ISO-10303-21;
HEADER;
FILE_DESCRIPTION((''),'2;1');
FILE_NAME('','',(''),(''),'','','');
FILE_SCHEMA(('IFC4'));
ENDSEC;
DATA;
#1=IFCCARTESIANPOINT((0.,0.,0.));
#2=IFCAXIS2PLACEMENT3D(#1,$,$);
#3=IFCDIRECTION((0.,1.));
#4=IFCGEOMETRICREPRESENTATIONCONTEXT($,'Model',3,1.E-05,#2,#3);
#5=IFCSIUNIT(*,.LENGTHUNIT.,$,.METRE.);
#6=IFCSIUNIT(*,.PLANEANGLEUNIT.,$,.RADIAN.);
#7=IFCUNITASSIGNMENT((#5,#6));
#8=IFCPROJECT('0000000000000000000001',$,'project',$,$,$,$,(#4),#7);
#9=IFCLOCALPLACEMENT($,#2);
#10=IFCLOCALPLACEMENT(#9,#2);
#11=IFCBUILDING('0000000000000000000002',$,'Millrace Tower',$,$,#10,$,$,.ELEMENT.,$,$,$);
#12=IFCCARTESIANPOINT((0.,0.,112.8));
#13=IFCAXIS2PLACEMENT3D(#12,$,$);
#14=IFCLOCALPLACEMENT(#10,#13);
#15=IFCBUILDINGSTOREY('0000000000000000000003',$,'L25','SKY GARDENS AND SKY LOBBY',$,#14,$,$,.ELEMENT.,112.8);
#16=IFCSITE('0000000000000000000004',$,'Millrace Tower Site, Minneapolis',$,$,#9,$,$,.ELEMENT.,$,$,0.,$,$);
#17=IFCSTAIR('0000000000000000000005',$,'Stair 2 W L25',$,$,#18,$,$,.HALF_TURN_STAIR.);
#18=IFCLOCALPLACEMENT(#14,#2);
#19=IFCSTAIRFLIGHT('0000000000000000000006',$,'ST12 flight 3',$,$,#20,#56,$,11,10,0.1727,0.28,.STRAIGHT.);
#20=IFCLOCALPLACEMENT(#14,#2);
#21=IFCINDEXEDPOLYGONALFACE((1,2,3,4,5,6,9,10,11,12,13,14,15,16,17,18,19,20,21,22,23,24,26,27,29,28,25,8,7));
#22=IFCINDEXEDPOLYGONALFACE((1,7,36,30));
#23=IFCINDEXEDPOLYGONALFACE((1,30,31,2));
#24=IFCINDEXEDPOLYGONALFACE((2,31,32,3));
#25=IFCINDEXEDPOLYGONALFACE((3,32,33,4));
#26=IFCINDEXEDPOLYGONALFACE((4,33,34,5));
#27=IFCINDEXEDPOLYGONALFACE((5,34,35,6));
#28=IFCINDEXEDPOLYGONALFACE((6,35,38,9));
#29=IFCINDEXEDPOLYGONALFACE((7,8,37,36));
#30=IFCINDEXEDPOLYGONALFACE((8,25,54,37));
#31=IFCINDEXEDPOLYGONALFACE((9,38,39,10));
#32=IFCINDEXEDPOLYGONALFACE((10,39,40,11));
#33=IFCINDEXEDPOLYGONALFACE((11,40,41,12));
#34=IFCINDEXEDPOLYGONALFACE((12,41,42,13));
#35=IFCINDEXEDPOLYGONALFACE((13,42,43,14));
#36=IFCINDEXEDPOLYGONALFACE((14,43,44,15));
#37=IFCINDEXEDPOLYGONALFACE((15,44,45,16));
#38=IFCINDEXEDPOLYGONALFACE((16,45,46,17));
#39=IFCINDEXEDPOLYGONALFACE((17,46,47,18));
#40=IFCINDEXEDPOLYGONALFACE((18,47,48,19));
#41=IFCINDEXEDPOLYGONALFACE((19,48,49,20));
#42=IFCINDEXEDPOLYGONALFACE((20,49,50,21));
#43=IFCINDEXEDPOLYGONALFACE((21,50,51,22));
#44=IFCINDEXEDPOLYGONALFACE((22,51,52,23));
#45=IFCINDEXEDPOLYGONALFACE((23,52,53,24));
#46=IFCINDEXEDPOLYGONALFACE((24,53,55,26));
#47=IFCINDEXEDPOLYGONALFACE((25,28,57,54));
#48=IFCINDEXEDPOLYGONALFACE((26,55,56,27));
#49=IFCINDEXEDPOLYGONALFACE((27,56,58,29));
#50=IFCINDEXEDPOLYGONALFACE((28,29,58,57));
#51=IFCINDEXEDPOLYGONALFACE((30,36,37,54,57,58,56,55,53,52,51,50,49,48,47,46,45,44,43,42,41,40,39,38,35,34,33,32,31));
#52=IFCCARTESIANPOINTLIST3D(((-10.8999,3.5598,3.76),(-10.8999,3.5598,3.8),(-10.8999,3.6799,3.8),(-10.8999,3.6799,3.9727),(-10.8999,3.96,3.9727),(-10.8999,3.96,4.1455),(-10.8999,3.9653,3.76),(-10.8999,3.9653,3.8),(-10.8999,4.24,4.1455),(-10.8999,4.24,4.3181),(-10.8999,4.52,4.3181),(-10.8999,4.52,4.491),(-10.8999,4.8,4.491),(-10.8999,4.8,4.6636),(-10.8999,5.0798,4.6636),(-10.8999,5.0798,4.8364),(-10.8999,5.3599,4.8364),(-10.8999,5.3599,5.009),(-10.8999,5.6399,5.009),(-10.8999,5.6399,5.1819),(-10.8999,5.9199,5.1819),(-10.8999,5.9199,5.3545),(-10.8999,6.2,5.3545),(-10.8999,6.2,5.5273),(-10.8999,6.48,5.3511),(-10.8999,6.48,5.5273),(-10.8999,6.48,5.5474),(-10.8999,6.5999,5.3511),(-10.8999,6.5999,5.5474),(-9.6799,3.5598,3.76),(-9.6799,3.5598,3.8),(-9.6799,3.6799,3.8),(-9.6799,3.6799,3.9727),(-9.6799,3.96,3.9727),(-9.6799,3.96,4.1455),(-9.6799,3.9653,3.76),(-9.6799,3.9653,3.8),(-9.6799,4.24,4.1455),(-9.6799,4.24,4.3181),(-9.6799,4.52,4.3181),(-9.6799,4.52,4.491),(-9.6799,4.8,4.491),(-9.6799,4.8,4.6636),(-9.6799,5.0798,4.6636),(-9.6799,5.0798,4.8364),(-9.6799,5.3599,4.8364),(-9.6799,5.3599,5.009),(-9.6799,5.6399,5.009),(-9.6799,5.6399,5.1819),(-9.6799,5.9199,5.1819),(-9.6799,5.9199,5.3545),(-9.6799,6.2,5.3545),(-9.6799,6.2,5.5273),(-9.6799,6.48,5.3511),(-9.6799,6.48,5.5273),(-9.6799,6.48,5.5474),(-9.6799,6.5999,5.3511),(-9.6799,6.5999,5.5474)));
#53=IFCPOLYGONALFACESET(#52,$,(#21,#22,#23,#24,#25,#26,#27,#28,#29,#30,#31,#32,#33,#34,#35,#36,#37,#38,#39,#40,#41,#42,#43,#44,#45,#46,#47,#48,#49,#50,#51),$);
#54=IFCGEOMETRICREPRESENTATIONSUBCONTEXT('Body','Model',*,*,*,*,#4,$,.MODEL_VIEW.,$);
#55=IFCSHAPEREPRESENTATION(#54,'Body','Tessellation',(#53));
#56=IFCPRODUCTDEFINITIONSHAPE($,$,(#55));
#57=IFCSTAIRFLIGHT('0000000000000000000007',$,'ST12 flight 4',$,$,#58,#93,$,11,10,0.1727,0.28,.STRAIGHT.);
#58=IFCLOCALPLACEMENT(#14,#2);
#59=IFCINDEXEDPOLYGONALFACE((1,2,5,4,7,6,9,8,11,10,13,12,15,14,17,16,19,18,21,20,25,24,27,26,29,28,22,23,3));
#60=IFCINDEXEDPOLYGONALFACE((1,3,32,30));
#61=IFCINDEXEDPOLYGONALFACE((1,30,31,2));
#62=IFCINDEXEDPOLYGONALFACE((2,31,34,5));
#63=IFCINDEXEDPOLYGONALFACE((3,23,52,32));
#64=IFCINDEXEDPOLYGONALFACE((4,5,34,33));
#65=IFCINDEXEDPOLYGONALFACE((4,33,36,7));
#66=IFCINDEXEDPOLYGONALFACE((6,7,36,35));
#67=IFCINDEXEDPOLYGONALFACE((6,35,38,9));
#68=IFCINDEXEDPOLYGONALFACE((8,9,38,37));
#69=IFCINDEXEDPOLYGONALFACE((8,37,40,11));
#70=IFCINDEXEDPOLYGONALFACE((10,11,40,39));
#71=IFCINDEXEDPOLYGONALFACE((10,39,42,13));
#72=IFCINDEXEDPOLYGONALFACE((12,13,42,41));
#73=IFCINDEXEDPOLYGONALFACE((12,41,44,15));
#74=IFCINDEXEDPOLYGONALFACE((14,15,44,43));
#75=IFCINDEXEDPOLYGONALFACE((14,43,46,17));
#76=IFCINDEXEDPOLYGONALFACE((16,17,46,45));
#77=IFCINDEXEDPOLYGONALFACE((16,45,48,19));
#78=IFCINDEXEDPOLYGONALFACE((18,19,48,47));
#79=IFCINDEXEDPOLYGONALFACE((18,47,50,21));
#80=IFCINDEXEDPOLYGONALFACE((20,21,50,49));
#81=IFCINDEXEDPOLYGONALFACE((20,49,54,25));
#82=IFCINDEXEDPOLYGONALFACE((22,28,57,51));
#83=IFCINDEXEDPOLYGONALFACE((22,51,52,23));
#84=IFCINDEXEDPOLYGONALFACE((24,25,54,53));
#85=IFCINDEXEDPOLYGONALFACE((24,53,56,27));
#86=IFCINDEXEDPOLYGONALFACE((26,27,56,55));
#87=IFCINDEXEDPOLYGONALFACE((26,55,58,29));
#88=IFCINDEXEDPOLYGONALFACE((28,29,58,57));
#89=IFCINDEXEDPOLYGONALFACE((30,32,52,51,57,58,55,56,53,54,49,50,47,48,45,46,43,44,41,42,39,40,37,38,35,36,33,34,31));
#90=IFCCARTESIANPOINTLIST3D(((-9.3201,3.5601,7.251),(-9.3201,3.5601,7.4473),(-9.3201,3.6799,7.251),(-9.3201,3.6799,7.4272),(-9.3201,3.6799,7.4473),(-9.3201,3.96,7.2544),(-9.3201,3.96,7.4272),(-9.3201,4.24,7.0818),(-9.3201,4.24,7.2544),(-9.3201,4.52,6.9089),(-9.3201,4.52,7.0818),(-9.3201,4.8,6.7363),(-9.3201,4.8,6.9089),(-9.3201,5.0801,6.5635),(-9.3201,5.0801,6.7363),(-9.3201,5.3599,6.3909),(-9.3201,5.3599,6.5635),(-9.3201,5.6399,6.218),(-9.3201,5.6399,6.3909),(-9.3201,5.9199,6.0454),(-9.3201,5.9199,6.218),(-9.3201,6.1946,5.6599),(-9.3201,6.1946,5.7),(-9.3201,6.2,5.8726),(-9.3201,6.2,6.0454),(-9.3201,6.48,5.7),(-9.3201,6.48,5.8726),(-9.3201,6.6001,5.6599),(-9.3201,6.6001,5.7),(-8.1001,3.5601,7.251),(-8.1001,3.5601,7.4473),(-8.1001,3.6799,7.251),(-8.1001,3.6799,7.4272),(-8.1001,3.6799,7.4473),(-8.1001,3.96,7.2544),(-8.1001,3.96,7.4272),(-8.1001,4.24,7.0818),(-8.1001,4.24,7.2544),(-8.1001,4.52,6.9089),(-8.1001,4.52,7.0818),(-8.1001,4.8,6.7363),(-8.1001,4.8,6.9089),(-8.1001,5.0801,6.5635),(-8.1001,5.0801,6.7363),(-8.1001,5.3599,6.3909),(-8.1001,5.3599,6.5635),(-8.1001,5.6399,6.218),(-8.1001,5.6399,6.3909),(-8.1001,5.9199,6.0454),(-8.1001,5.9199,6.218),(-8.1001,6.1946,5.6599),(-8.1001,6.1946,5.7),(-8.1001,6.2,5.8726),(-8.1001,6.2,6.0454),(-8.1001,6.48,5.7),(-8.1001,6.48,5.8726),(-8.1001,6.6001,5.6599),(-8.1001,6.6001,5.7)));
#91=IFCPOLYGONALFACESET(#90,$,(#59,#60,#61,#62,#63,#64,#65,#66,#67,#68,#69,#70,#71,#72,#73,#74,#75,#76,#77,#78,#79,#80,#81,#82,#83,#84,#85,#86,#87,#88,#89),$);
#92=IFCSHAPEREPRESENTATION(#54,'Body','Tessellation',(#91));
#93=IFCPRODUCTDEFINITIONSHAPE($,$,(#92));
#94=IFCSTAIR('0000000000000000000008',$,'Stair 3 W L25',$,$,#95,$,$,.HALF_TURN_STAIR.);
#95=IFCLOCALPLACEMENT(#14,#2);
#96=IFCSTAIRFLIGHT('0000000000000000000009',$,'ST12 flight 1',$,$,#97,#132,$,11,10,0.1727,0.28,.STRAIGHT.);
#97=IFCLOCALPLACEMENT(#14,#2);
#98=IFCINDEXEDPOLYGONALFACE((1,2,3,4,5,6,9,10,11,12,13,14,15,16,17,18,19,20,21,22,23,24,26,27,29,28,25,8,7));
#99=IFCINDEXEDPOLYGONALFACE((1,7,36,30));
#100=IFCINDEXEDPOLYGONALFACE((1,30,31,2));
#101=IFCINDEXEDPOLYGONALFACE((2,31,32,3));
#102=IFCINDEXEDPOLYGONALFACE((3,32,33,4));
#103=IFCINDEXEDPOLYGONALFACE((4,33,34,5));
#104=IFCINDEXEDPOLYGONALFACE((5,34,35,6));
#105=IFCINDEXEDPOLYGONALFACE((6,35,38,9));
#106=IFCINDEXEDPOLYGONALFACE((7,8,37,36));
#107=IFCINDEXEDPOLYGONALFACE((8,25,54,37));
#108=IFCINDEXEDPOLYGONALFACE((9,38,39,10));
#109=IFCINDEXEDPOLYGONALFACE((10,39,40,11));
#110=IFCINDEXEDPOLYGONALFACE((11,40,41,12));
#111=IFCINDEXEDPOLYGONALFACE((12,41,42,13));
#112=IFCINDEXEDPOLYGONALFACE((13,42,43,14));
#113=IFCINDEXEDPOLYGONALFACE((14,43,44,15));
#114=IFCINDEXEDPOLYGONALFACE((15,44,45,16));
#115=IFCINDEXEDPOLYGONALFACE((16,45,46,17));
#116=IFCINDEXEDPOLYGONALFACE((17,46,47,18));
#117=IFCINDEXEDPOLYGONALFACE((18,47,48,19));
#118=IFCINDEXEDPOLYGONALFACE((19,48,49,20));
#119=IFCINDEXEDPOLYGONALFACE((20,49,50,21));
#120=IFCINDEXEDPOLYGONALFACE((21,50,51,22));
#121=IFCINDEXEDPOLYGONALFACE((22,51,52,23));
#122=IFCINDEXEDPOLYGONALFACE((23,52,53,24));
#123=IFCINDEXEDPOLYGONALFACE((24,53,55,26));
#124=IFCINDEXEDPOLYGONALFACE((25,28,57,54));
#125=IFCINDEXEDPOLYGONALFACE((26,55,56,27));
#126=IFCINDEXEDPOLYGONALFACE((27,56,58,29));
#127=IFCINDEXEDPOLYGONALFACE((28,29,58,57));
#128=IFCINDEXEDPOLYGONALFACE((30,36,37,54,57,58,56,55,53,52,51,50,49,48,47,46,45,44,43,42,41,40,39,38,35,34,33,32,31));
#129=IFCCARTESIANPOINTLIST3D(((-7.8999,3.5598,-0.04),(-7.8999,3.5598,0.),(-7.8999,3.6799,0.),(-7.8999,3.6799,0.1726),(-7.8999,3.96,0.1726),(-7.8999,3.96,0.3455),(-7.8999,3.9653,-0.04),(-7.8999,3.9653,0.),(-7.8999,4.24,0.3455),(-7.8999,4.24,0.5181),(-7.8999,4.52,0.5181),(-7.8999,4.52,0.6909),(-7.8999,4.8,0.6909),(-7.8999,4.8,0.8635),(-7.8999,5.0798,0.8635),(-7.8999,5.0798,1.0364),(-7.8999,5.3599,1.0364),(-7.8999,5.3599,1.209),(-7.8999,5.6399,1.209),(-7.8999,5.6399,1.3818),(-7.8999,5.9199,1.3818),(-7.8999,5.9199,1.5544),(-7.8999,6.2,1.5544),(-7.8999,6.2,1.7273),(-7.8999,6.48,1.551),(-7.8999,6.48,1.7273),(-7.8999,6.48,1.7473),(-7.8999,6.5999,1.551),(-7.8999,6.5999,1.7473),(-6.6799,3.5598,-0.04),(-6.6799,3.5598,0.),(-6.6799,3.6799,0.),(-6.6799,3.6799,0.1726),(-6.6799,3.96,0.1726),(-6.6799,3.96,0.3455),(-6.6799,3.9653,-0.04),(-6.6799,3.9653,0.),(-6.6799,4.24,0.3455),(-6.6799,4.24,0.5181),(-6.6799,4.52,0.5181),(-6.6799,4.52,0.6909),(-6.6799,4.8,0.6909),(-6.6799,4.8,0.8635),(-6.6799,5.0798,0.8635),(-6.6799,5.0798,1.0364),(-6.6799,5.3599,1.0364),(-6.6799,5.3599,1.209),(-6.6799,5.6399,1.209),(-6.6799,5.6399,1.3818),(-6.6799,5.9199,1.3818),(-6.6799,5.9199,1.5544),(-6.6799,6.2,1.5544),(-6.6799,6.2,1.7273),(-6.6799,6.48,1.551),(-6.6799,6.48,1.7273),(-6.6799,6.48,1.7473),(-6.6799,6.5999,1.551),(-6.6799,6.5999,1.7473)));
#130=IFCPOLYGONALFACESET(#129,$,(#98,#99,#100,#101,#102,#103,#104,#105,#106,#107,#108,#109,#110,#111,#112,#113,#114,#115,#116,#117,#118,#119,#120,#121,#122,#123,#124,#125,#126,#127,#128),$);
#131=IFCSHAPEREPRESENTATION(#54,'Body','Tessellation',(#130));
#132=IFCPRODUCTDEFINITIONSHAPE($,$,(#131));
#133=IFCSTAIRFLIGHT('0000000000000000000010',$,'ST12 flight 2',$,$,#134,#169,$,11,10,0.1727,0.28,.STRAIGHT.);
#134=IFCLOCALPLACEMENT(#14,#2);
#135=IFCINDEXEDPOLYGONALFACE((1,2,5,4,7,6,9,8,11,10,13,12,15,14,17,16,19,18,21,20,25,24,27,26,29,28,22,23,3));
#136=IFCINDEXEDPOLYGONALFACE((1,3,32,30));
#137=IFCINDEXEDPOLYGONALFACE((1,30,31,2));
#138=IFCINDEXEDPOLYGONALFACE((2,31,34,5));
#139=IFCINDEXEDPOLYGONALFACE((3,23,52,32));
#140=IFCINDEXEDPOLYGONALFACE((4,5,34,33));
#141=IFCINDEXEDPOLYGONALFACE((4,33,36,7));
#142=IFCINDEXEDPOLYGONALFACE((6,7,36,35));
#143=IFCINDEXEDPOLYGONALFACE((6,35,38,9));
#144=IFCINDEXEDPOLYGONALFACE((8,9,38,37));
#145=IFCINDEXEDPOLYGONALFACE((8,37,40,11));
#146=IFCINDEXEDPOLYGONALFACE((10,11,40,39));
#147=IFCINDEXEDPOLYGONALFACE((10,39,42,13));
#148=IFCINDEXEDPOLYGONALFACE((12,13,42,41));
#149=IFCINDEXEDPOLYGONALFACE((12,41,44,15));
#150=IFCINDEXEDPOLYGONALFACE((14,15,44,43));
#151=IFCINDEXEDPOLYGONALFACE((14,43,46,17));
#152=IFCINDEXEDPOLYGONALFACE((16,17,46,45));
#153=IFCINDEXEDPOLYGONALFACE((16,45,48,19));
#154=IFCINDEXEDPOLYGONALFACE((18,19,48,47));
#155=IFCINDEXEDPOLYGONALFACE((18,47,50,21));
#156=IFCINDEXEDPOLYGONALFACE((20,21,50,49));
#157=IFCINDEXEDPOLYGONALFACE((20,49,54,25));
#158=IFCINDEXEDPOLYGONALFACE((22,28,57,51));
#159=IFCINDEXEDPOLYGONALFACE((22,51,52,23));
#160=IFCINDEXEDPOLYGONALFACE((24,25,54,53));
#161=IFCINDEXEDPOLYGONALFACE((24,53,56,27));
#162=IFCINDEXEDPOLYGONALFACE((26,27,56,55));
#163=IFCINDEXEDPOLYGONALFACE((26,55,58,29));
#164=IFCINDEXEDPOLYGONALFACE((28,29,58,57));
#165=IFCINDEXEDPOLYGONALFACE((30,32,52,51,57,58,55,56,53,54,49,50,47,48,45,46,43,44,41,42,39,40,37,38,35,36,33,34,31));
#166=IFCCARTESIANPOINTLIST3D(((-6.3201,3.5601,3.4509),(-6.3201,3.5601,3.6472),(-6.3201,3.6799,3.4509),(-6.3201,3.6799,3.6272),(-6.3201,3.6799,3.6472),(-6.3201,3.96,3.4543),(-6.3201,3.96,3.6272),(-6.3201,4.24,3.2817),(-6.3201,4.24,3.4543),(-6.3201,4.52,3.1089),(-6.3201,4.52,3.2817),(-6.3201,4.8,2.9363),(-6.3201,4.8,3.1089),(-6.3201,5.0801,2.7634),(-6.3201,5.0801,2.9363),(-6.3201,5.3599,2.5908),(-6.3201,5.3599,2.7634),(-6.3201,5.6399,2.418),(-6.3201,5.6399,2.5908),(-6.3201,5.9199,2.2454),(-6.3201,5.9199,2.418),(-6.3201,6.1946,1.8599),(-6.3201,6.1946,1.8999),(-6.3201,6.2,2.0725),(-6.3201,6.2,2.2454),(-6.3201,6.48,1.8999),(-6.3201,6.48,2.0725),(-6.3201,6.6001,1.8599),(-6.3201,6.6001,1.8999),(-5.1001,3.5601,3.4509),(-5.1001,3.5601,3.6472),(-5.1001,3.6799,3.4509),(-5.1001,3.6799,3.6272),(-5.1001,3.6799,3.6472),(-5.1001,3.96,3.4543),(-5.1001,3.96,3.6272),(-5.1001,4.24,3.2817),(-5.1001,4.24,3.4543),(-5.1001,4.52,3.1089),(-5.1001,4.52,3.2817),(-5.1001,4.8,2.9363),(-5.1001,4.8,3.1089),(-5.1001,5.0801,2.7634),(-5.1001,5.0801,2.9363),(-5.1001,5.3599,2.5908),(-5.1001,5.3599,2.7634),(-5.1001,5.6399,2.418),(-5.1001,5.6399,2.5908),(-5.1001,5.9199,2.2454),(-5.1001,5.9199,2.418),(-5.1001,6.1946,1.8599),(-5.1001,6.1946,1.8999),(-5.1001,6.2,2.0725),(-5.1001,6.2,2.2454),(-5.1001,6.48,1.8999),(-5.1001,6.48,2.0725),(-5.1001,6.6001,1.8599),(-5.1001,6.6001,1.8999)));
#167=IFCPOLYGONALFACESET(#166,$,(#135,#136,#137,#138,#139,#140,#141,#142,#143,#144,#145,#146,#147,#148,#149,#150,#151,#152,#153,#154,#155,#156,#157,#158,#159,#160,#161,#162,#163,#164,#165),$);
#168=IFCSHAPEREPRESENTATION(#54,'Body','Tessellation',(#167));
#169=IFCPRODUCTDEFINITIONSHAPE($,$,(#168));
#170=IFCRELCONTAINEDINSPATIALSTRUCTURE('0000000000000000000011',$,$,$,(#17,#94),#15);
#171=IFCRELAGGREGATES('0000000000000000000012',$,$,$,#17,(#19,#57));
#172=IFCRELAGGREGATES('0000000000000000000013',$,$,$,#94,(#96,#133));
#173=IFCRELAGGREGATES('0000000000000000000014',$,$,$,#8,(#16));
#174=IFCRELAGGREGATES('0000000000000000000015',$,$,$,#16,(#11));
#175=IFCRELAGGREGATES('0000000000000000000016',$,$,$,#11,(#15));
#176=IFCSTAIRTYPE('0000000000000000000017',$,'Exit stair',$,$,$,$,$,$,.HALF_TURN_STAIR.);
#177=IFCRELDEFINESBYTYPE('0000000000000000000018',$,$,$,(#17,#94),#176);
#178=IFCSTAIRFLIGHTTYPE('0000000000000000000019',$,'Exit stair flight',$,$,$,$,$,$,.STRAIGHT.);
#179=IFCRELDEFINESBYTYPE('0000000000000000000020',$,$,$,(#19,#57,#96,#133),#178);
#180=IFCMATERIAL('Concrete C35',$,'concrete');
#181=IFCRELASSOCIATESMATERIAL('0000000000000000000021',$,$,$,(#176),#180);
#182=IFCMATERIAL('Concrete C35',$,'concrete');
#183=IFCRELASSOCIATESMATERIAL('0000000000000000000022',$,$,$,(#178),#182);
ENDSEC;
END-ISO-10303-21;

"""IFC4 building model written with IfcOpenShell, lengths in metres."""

from ifc_helpers import new_model, si_unit, direction, frame, origin, place, context, subcontext, project, spatial, polyline, outline, extrude, material, type_object, element, aggregate, save


model = new_model("IFC4")

# Units and contexts
model_context = context("Model", 3, precision=1e-05, world=origin(), true_north=direction((0.0, 1.0)))
body_context = subcontext(model_context, "Body", "Model", "MODEL_VIEW")
ifc_project = project(units=[si_unit("LENGTHUNIT", "METRE"), si_unit("PLANEANGLEUNIT", "RADIAN")], contexts=[model_context])

# Site, building, storey
site_placement = place(None, origin())
site = spatial("IfcSite", under=ifc_project, at=site_placement, Name="Millrace Tower Site, Minneapolis", CompositionType="ELEMENT", RefElevation=0.0)
building_placement = place(site_placement, origin())
building = spatial("IfcBuilding", under=site, at=building_placement, Name="Millrace Tower", CompositionType="ELEMENT")
storey_placement = place(building_placement, frame((0.0, 0.0, 112.8)))
storey = spatial("IfcBuildingStorey", under=building, at=storey_placement, Name="L25", Description="SKY GARDENS AND SKY LOBBY", CompositionType="ELEMENT", Elevation=112.8)

# Shared definitions
placement = place(storey_placement, origin())

# Stairs, stair flights
ifc_material_1 = material(Name="Concrete C35", Category="concrete")
stair_type = type_object("IfcStairType", Name="Exit stair", PredefinedType="HALF_TURN_STAIR", material=ifc_material_1)
stair_1 = element("IfcStair", 1, at=placement, inside=storey, type_object=stair_type, Name="Stair 2 W L25", PredefinedType="HALF_TURN_STAIR")
ifc_material_2 = material(Name="Concrete C35", Category="concrete")
stair_flight_type = type_object("IfcStairFlightType", Name="Exit stair flight", PredefinedType="STRAIGHT", material=ifc_material_2)
stair_flight_1_placement = place(storey_placement, frame((-10.29, 3.6799, 3.8), z_axis=(0.0, 0.0, 1.0), x_axis=(0.0, 1.0, 0.0)))
stair_flight_1 = element("IfcStairFlight", 2, at=stair_flight_1_placement, type_object=stair_flight_type, Name="ST12 flight 3", NumberOfRisers=11, NumberOfTreads=10, PredefinedType="STRAIGHT", RiserHeight=0.1727, TreadLength=0.28, context=body_context, shape_type="SweptSolid", body=[
    extrude(outline(polyline([(-0.1201, -0.04), (-0.1201, 0.0), (0.0, 0.0), (0.0, 0.1726), (0.28, 0.1726), (0.28, 0.3455), (0.5601, 0.3455), (0.5601, 0.5181), (0.8401, 0.5181), (0.8401, 0.6909), (1.1201, 0.6909), (1.1201, 0.8635), (1.3999, 0.8635), (1.3999, 1.0364), (1.6799, 1.0364), (1.6799, 1.209), (1.96, 1.209), (1.96, 1.3818), (2.24, 1.3818), (2.24, 1.5544), (2.52, 1.5544), (2.52, 1.7273), (2.8, 1.7273), (2.8, 1.7473), (2.9199, 1.7473), (2.9199, 1.551), (2.8, 1.551), (0.2854, 0.0), (0.2854, -0.04), (-0.1201, -0.04)])), frame((0.0, 0.6099, 0.0), z_axis=(0.0, -1.0, 0.0), x_axis=(1.0, 0.0, 0.0)), (0.0, 0.0, 1.0), 1.22),
])
stair_flight_2_placement = place(storey_placement, frame((-8.71, 6.48, 5.7), z_axis=(0.0, 0.0, 1.0), x_axis=(0.0, -1.0, 0.0)))
stair_flight_2 = element("IfcStairFlight", 3, at=stair_flight_2_placement, type_object=stair_flight_type, Name="ST12 flight 4", NumberOfRisers=11, NumberOfTreads=10, PredefinedType="STRAIGHT", RiserHeight=0.1727, TreadLength=0.28, context=body_context, shape_type="SweptSolid", body=[
    extrude(outline(polyline([(-0.1201, -0.04), (-0.1201, 0.0), (0.0, 0.0), (0.0, 0.1726), (0.28, 0.1726), (0.28, 0.3455), (0.5601, 0.3455), (0.5601, 0.5181), (0.8401, 0.5181), (0.8401, 0.6909), (1.1201, 0.6909), (1.1201, 0.8635), (1.3999, 0.8635), (1.3999, 1.0364), (1.6799, 1.0364), (1.6799, 1.209), (1.96, 1.209), (1.96, 1.3818), (2.24, 1.3818), (2.24, 1.5544), (2.52, 1.5544), (2.52, 1.7273), (2.8, 1.7273), (2.8, 1.7473), (2.9199, 1.7473), (2.9199, 1.551), (2.8, 1.551), (0.2854, 0.0), (0.2854, -0.04), (-0.1201, -0.04)])), frame((0.0, 0.6099, 0.0), z_axis=(0.0, -1.0, 0.0), x_axis=(1.0, 0.0, 0.0)), (0.0, 0.0, 1.0), 1.22),
])
aggregate(stair_1, [stair_flight_1, stair_flight_2])
stair_2 = element("IfcStair", 4, at=placement, inside=storey, type_object=stair_type, Name="Stair 3 W L25", PredefinedType="HALF_TURN_STAIR")
stair_flight_3_placement = place(storey_placement, frame((-7.29, 3.6799, 0.0), z_axis=(0.0, 0.0, 1.0), x_axis=(0.0, 1.0, 0.0)))
stair_flight_3 = element("IfcStairFlight", 5, at=stair_flight_3_placement, type_object=stair_flight_type, Name="ST12 flight 1", NumberOfRisers=11, NumberOfTreads=10, PredefinedType="STRAIGHT", RiserHeight=0.1727, TreadLength=0.28, context=body_context, shape_type="SweptSolid", body=[
    extrude(outline(polyline([(-0.1201, -0.04), (-0.1201, 0.0), (0.0, 0.0), (0.0, 0.1726), (0.28, 0.1726), (0.28, 0.3455), (0.5601, 0.3455), (0.5601, 0.5181), (0.8401, 0.5181), (0.8401, 0.6909), (1.1201, 0.6909), (1.1201, 0.8635), (1.3999, 0.8635), (1.3999, 1.0364), (1.6799, 1.0364), (1.6799, 1.209), (1.96, 1.209), (1.96, 1.3818), (2.24, 1.3818), (2.24, 1.5544), (2.52, 1.5544), (2.52, 1.7273), (2.8, 1.7273), (2.8, 1.7473), (2.9199, 1.7473), (2.9199, 1.551), (2.8, 1.551), (0.2854, 0.0), (0.2854, -0.04), (-0.1201, -0.04)])), frame((0.0, 0.6099, 0.0), z_axis=(0.0, -1.0, 0.0), x_axis=(1.0, 0.0, 0.0)), (0.0, 0.0, 1.0), 1.22),
])
stair_flight_4_placement = place(storey_placement, frame((-5.71, 6.48, 1.8999), z_axis=(0.0, 0.0, 1.0), x_axis=(0.0, -1.0, 0.0)))
stair_flight_4 = element("IfcStairFlight", 6, at=stair_flight_4_placement, type_object=stair_flight_type, Name="ST12 flight 2", NumberOfRisers=11, NumberOfTreads=10, PredefinedType="STRAIGHT", RiserHeight=0.1727, TreadLength=0.28, context=body_context, shape_type="SweptSolid", body=[
    extrude(outline(polyline([(-0.1201, -0.04), (-0.1201, 0.0), (0.0, 0.0), (0.0, 0.1726), (0.28, 0.1726), (0.28, 0.3455), (0.5601, 0.3455), (0.5601, 0.5181), (0.8401, 0.5181), (0.8401, 0.6909), (1.1201, 0.6909), (1.1201, 0.8635), (1.3999, 0.8635), (1.3999, 1.0364), (1.6799, 1.0364), (1.6799, 1.209), (1.96, 1.209), (1.96, 1.3818), (2.24, 1.3818), (2.24, 1.5544), (2.52, 1.5544), (2.52, 1.7273), (2.8, 1.7273), (2.8, 1.7473), (2.9199, 1.7473), (2.9199, 1.551), (2.8, 1.551), (0.2854, 0.0), (0.2854, -0.04), (-0.1201, -0.04)])), frame((0.0, 0.6099, 0.0), z_axis=(0.0, -1.0, 0.0), x_axis=(1.0, 0.0, 0.0)), (0.0, 0.0, 1.0), 1.22),
])
aggregate(stair_2, [stair_flight_3, stair_flight_4])

save(model, "model.ifc")
